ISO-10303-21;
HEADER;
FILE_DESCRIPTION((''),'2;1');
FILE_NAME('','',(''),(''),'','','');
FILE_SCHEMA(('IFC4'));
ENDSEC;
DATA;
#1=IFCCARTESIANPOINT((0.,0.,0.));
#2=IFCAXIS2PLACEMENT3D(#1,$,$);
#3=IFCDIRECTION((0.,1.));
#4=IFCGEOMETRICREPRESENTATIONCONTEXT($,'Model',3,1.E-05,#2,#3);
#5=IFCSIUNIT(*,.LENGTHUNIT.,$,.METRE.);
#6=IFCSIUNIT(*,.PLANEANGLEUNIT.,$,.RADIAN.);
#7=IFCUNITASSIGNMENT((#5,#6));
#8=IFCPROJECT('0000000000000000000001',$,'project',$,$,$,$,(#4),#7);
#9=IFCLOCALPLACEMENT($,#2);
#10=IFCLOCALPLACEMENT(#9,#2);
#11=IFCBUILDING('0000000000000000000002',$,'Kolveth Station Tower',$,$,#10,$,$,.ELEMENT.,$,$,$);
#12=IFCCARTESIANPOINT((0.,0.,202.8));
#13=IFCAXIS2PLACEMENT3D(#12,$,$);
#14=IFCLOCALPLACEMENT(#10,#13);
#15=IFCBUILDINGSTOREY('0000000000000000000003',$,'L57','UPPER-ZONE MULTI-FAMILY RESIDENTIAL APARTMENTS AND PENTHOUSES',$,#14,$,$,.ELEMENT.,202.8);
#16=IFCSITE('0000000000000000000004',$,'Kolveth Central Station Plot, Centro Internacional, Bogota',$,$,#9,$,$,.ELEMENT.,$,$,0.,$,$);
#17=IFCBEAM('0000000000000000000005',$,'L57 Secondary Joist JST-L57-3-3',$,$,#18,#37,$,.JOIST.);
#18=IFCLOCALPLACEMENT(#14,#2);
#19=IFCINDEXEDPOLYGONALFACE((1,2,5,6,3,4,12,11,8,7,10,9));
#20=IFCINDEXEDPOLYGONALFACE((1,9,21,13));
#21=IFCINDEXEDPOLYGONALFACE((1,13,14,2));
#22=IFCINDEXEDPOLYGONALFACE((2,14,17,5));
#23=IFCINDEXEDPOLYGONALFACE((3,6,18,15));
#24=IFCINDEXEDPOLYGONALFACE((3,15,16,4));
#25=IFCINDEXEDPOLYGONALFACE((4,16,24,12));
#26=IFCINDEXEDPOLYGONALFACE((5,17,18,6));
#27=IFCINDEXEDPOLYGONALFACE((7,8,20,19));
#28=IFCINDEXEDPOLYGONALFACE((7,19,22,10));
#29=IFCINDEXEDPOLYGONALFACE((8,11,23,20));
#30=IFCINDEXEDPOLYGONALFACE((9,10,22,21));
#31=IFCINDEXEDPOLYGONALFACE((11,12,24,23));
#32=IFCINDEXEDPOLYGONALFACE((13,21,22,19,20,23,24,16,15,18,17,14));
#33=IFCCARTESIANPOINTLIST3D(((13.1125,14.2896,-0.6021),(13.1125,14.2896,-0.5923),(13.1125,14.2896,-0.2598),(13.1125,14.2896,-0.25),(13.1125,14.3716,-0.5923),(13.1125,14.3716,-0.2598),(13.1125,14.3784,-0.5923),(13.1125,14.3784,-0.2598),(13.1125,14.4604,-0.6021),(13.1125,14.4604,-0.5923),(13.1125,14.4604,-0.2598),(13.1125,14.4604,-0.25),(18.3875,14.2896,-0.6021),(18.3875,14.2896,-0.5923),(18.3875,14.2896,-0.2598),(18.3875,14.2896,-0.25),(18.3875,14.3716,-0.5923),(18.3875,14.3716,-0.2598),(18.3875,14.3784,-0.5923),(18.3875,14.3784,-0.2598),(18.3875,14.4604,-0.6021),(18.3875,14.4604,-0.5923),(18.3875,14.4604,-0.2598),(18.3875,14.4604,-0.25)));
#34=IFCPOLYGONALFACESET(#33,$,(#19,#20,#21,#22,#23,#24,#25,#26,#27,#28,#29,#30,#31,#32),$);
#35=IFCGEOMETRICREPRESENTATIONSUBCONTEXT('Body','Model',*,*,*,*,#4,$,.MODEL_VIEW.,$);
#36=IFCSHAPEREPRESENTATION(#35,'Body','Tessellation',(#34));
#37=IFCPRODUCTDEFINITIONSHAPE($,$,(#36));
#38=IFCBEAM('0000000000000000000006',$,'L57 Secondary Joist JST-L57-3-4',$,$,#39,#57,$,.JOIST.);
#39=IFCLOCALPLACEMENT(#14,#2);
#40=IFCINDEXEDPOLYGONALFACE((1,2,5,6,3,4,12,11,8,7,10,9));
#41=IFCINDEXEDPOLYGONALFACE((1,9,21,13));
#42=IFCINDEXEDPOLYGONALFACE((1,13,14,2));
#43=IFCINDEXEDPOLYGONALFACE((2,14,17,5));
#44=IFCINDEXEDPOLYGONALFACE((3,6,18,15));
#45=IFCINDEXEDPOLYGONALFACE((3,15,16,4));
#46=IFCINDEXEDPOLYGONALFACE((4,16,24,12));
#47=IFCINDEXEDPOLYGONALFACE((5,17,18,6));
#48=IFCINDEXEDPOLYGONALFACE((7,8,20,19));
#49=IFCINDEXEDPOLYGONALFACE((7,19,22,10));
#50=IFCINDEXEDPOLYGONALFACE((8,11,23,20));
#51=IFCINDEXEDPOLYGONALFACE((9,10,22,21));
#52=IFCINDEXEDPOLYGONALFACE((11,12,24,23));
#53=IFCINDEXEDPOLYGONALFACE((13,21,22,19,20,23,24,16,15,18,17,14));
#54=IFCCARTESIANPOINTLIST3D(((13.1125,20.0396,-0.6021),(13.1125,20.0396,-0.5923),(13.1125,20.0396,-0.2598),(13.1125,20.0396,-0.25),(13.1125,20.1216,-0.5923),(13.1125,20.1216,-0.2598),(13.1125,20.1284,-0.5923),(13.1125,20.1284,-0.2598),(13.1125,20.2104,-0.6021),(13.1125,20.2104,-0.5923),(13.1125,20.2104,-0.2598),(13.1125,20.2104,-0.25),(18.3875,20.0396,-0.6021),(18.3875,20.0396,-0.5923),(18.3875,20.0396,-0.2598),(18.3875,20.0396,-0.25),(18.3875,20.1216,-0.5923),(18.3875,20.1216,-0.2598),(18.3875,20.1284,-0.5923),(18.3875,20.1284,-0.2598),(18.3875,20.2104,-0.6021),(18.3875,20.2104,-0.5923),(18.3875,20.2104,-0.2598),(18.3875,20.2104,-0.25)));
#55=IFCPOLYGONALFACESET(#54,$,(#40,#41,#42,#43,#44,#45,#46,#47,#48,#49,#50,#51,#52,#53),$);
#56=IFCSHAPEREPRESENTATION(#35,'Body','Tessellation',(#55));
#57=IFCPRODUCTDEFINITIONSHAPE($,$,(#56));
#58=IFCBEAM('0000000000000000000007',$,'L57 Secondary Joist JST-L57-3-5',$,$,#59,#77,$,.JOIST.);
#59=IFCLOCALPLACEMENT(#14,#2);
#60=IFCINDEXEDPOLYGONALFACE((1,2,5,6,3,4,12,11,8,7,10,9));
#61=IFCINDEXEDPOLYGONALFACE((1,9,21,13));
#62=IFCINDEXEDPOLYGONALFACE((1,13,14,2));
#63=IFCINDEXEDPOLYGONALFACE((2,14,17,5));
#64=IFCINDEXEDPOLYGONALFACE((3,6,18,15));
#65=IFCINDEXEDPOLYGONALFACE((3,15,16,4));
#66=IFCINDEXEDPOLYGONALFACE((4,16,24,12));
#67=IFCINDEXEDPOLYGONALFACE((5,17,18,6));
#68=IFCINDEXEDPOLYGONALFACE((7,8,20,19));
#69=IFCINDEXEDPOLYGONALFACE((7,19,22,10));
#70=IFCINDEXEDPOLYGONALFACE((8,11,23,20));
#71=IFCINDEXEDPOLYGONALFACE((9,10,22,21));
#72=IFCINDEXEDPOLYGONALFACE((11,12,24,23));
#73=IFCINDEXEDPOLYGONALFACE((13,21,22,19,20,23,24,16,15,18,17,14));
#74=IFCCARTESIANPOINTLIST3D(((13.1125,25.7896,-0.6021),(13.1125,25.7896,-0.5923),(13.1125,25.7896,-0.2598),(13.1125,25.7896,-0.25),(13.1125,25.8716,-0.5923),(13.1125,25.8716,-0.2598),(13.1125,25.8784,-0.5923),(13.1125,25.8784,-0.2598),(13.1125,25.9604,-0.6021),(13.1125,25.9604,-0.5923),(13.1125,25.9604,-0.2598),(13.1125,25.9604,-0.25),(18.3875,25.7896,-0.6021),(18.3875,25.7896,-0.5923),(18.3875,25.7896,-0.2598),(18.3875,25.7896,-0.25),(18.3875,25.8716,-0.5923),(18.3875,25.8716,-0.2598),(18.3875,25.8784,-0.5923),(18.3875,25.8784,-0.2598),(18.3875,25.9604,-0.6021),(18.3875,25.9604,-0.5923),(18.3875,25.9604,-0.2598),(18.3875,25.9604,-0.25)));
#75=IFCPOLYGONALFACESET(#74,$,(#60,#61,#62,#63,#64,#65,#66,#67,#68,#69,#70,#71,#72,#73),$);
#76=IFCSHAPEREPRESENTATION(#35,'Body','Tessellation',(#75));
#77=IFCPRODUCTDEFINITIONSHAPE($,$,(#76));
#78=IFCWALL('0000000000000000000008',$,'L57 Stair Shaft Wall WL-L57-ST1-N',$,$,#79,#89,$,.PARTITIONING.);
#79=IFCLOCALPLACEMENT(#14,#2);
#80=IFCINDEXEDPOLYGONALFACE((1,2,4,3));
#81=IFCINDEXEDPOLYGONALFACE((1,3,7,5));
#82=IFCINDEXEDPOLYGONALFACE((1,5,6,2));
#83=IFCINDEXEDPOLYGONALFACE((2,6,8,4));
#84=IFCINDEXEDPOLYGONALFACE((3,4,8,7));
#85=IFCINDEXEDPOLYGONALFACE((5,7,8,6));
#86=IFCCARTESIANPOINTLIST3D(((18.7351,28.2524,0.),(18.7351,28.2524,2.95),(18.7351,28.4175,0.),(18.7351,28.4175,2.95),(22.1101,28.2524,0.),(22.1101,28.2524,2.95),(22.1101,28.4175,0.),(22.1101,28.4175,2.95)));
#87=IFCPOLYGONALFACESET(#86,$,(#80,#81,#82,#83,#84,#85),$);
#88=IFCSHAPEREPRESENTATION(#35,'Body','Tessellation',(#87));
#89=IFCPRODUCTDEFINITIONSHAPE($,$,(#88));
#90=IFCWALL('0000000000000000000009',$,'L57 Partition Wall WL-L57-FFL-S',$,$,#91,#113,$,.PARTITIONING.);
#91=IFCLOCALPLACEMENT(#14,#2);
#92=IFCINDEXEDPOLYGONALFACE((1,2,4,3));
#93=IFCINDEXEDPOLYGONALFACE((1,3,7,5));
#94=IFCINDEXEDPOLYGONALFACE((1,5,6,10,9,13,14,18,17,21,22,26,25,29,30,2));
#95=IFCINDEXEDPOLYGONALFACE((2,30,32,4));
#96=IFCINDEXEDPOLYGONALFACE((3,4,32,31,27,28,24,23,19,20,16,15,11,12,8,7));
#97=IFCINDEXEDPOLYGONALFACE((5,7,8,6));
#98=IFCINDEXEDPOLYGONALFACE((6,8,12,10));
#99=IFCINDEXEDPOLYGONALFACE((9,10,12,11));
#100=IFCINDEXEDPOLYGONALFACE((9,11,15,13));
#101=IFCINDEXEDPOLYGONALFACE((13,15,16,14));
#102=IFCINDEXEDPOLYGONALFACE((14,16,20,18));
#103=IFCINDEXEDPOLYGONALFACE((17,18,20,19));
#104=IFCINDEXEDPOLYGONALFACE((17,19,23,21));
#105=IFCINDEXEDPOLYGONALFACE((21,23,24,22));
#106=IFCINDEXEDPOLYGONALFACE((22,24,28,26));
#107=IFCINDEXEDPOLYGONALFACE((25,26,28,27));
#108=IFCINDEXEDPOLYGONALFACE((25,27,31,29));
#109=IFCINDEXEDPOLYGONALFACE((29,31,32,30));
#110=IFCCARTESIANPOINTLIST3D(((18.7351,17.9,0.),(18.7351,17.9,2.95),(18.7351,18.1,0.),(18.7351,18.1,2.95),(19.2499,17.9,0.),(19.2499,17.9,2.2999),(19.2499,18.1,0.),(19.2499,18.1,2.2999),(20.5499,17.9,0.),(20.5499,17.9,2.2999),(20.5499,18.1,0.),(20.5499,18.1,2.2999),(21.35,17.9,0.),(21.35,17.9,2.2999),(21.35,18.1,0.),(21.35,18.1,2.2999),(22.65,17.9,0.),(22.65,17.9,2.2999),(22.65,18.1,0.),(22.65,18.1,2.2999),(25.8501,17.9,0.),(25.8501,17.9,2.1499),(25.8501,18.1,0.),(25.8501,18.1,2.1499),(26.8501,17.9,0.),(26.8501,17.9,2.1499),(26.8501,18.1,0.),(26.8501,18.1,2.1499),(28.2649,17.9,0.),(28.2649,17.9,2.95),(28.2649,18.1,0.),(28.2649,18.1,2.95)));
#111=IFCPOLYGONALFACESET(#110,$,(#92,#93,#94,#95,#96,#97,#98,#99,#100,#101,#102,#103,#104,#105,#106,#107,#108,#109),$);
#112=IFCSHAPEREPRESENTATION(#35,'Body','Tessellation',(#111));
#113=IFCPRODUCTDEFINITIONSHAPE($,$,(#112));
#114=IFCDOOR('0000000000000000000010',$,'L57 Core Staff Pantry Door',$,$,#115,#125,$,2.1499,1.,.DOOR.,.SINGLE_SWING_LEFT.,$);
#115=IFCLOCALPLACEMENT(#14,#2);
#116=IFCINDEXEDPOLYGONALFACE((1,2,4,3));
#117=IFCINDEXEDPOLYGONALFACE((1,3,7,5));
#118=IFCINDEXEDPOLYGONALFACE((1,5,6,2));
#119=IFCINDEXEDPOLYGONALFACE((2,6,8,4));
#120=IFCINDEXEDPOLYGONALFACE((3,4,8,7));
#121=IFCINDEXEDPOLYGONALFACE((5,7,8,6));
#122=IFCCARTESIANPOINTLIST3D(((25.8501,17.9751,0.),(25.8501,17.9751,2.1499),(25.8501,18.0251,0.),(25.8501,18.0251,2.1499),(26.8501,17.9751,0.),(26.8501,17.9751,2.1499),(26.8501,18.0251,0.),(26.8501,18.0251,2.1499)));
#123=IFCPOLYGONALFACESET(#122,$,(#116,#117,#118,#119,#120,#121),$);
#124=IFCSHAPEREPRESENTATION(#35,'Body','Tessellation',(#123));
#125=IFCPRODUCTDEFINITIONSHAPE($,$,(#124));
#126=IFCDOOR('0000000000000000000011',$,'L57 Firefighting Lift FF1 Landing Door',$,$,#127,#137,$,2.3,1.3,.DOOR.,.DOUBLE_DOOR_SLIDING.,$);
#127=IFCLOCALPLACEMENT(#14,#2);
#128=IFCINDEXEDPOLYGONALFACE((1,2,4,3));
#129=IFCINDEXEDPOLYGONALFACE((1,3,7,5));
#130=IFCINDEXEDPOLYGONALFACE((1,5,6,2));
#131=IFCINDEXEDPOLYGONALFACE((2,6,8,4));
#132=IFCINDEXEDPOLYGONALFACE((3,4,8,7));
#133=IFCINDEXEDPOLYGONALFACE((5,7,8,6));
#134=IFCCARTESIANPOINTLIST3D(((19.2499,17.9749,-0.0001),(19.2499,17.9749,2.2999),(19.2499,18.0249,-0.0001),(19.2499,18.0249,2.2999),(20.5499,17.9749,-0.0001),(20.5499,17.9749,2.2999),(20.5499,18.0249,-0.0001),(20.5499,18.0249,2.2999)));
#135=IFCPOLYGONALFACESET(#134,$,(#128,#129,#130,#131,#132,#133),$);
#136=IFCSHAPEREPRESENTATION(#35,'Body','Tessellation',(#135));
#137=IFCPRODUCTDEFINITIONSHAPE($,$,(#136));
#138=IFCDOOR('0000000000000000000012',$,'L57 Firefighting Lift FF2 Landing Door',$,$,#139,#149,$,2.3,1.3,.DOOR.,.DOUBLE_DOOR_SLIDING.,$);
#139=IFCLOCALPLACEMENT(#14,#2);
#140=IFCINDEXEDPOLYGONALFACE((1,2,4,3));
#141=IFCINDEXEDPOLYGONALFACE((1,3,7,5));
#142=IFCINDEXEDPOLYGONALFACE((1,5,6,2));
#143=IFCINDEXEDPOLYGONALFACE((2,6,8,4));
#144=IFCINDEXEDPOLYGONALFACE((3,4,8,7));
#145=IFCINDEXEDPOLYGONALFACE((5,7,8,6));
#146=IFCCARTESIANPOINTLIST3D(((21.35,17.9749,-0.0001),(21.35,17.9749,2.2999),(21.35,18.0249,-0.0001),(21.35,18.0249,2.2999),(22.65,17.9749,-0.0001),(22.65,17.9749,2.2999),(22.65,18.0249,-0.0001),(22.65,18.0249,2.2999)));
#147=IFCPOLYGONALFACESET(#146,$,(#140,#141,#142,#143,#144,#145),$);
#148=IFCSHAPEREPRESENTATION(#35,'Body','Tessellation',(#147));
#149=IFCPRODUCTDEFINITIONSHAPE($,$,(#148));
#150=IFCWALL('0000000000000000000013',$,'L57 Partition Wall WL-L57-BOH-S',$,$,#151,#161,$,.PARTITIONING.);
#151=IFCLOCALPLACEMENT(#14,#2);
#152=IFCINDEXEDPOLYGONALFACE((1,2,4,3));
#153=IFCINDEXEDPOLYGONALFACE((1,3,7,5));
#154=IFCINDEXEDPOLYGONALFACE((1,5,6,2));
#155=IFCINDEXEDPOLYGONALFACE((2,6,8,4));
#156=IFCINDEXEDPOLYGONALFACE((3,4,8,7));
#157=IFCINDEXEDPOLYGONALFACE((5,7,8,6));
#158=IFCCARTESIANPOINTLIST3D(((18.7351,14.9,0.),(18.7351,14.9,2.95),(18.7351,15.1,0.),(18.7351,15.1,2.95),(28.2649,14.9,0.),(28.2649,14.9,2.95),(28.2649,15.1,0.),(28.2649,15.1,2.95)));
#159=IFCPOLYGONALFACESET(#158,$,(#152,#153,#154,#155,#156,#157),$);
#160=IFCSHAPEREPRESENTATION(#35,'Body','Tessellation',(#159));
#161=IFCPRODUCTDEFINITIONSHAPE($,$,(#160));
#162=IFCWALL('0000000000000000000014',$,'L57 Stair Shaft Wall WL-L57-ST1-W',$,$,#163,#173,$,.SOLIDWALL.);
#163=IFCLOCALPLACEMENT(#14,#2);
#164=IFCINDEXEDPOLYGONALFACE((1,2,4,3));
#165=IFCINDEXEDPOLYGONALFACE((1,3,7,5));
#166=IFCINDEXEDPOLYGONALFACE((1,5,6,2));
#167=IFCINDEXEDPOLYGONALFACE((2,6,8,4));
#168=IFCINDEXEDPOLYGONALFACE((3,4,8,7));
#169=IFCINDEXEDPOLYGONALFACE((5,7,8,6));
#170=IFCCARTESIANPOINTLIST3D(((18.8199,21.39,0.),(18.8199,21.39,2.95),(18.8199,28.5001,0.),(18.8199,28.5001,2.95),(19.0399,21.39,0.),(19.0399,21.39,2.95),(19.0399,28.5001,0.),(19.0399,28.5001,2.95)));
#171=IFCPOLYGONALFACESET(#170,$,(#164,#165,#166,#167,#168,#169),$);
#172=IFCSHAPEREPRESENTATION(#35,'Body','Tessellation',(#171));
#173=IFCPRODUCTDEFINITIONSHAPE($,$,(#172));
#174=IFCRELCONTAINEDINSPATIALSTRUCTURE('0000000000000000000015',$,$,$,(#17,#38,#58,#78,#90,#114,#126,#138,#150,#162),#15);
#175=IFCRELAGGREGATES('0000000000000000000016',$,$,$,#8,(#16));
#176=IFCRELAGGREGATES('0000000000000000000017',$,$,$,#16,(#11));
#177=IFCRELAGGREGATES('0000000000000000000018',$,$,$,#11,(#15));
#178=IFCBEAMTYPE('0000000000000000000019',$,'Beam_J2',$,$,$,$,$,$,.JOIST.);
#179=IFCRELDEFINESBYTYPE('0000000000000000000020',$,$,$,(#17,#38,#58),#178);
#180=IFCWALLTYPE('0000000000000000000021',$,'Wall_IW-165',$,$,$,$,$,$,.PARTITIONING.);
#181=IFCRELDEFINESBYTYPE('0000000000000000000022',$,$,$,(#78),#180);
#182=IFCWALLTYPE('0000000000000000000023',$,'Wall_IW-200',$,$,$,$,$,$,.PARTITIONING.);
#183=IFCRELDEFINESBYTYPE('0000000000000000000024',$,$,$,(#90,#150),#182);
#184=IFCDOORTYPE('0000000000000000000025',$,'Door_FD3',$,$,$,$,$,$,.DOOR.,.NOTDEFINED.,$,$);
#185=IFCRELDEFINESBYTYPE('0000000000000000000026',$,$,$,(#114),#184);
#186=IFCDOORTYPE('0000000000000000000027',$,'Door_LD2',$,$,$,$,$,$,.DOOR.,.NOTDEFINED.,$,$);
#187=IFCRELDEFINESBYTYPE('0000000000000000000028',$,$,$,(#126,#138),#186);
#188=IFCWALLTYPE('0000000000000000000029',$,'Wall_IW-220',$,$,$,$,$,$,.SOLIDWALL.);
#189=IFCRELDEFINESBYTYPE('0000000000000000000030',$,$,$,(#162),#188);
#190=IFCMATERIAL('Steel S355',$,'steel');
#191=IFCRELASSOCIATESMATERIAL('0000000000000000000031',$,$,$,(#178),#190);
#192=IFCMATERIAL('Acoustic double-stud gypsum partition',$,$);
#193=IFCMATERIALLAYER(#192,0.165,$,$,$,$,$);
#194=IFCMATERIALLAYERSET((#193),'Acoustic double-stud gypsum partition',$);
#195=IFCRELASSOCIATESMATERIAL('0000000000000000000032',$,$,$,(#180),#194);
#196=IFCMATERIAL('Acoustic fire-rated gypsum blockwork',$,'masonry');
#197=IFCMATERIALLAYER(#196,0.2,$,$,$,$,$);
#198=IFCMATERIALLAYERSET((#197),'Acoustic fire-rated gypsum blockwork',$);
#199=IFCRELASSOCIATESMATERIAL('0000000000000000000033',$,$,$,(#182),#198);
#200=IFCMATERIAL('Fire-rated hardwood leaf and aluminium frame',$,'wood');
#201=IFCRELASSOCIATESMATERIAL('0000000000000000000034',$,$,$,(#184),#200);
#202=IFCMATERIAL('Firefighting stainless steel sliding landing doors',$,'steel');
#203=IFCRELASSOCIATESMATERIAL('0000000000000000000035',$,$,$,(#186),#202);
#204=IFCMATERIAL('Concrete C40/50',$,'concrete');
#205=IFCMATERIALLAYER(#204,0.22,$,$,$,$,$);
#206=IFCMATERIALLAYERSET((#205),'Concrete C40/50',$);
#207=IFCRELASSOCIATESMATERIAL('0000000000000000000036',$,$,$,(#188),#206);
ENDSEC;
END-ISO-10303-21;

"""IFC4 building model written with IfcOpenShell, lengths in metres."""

from ifc_helpers import new_model, si_unit, direction, frame, frame_2d, origin, origin_2d, place, context, subcontext, project, spatial, rectangle, i_section, extrude, source, transform, mapped, material, layer, layer_set, material_profile, profile_set, type_object, element, fill, save


model = new_model("IFC4")

# Units and contexts
model_context = context("Model", 3, precision=1e-05, world=origin(), true_north=direction((0.0, 1.0)))
body_context = subcontext(model_context, "Body", "Model", "MODEL_VIEW")
ifc_project = project(units=[si_unit("LENGTHUNIT", "METRE"), si_unit("PLANEANGLEUNIT", "RADIAN")], contexts=[model_context])

# Site, building, storey
site_placement = place(None, origin())
site = spatial("IfcSite", under=ifc_project, at=site_placement, Name="Kolveth Central Station Plot, Centro Internacional, Bogota", CompositionType="ELEMENT", RefElevation=0.0)
building_placement = place(site_placement, origin())
building = spatial("IfcBuilding", under=site, at=building_placement, Name="Kolveth Station Tower", CompositionType="ELEMENT")
storey_placement = place(building_placement, frame((0.0, 0.0, 202.8)))
storey = spatial("IfcBuildingStorey", under=building, at=storey_placement, Name="L57", Description="UPPER-ZONE MULTI-FAMILY RESIDENTIAL APARTMENTS AND PENTHOUSES", CompositionType="ELEMENT", Elevation=202.8)

# Shared definitions
ifc_material_1 = material(Name="Steel S355", Category="steel")

# Beams
ifc_material_profile_1 = material_profile(ifc_material_1, i_section(OverallWidth=0.1709, OverallDepth=0.3521, WebThickness=0.0068, FlangeThickness=0.0098, at=origin_2d()), Name="W360x44")
ifc_profile_set_1 = profile_set([ifc_material_profile_1], Name="Steel S355")
beam_type_1 = type_object("IfcBeamType", Name="Beam_J2", PredefinedType="JOIST", material=ifc_profile_set_1)
shared_shape_1 = source(origin(), body_context, "Body", "SweptSolid", [
    extrude(i_section(OverallWidth=0.1709, OverallDepth=0.3521, WebThickness=0.0068, FlangeThickness=0.0098, at=origin_2d()), origin(), (0.0, 0.0, 1.0), 5.2749),
])
for number, where, z_axis, x_axis, name in (
    (1, (13.1125, 14.375, -0.426), (1.0, 0.0, 0.0), (0.0, 1.0, 0.0), "L57 Secondary Joist JST-L57-3-3"),
    (2, (13.1125, 20.125, -0.426), (1.0, 0.0, 0.0), (0.0, 1.0, 0.0), "L57 Secondary Joist JST-L57-3-4"),
    (3, (13.1125, 25.875, -0.426), (1.0, 0.0, 0.0), (0.0, 1.0, 0.0), "L57 Secondary Joist JST-L57-3-5"),
):
    element("IfcBeam", number, at=place(storey_placement, frame(where, z_axis=z_axis, x_axis=x_axis)), inside=storey, type_object=beam_type_1, Name=name, PredefinedType="JOIST", context=body_context, shape_type="MappedRepresentation", body=[
        mapped(shared_shape_1, transform((0.0, 0.0, 0.0), x_axis=(1.0, 0.0, 0.0), y_axis=(0.0, 1.0, 0.0), z_axis=(0.0, 0.0, 1.0), scale=1.0)),
    ])

# Wall
ifc_material_2 = material(Name="Acoustic double-stud gypsum partition")
ifc_layer_1 = layer(ifc_material_2, 0.165)
ifc_layer_set_1 = layer_set([ifc_layer_1], Name="Acoustic double-stud gypsum partition")
wall_type_1 = type_object("IfcWallType", Name="Wall_IW-165", PredefinedType="PARTITIONING", material=ifc_layer_set_1)
wall_1_placement = place(storey_placement, frame((18.7351, 28.335, 0.0), z_axis=(0.0, 0.0, 1.0), x_axis=(1.0, 0.0, 0.0)))
element("IfcWall", 4, at=wall_1_placement, inside=storey, type_object=wall_type_1, Name="L57 Stair Shaft Wall WL-L57-ST1-N", PredefinedType="PARTITIONING", context=body_context, shape_type="SweptSolid", body=[
    extrude(rectangle(XDim=3.375, YDim=0.165, at=frame_2d((1.6875, 0.0))), origin(), (0.0, 0.0, 1.0), 2.95),
])

# Wall, openings, doors
ifc_material_3 = material(Name="Acoustic fire-rated gypsum blockwork", Category="masonry")
ifc_layer_2 = layer(ifc_material_3, 0.2)
ifc_layer_set_2 = layer_set([ifc_layer_2], Name="Acoustic fire-rated gypsum blockwork")
wall_type_2 = type_object("IfcWallType", Name="Wall_IW-200", PredefinedType="PARTITIONING", material=ifc_layer_set_2)
wall_2_placement = place(storey_placement, frame((18.7351, 18.0, 0.0), z_axis=(0.0, 0.0, 1.0), x_axis=(1.0, 0.0, 0.0)))
wall_2 = element("IfcWall", 5, at=wall_2_placement, inside=storey, type_object=wall_type_2, Name="L57 Partition Wall WL-L57-FFL-S", PredefinedType="PARTITIONING", context=body_context, shape_type="SweptSolid", body=[
    extrude(rectangle(XDim=9.5298, YDim=0.2, at=frame_2d((4.7649, 0.0))), origin(), (0.0, 0.0, 1.0), 2.95),
])
opening_1_placement = place(wall_2_placement, frame((0.5149, 0.0, 0.0)))
opening_1 = element("IfcOpeningElement", 6, at=opening_1_placement, cuts=wall_2, PredefinedType="OPENING", context=body_context, shape_type="SweptSolid", body=[
    extrude(rectangle(XDim=1.3, YDim=2.3, at=frame_2d((0.6499, 1.1499))), frame((0.0, 0.1099, 0.0), z_axis=(0.0, -1.0, 0.0), x_axis=(1.0, 0.0, 0.0)), (0.0, 0.0, 1.0), 0.22),
])
opening_2_placement = place(wall_2_placement, frame((2.615, 0.0, 0.0)))
opening_2 = element("IfcOpeningElement", 7, at=opening_2_placement, cuts=wall_2, PredefinedType="OPENING", context=body_context, shape_type="SweptSolid", body=[
    extrude(rectangle(XDim=1.3, YDim=2.3, at=frame_2d((0.6499, 1.1499))), frame((0.0, 0.1099, 0.0), z_axis=(0.0, -1.0, 0.0), x_axis=(1.0, 0.0, 0.0)), (0.0, 0.0, 1.0), 0.22),
])
opening_3_placement = place(wall_2_placement, frame((7.115, 0.0, 0.0)))
opening_3 = element("IfcOpeningElement", 8, at=opening_3_placement, cuts=wall_2, PredefinedType="OPENING", context=body_context, shape_type="SweptSolid", body=[
    extrude(rectangle(XDim=1.0, YDim=2.1499, at=frame_2d((0.5, 1.075))), frame((0.0, 0.1099, 0.0), z_axis=(0.0, -1.0, 0.0), x_axis=(1.0, 0.0, 0.0)), (0.0, 0.0, 1.0), 0.22),
])
ifc_material_4 = material(Name="Fire-rated hardwood leaf and aluminium frame", Category="wood")
door_type_1 = type_object("IfcDoorType", Name="Door_FD3", OperationType="NOTDEFINED", PredefinedType="DOOR", material=ifc_material_4)
door_1_placement = place(opening_3_placement, frame((1.0, 0.0, 0.0), z_axis=(0.0, 0.0, 1.0), x_axis=(-1.0, 0.0, 0.0)))
door_1 = element("IfcDoor", 9, at=door_1_placement, inside=storey, type_object=door_type_1, Name="L57 Core Staff Pantry Door", OperationType="SINGLE_SWING_LEFT", OverallHeight=2.1499, OverallWidth=1.0, PredefinedType="DOOR", context=body_context, shape_type="SweptSolid", body=[
    extrude(rectangle(XDim=1.0, YDim=2.1499, at=frame_2d((0.5, 1.075))), frame((0.0, 0.0249, 0.0), z_axis=(0.0, -1.0, 0.0), x_axis=(1.0, 0.0, 0.0)), (0.0, 0.0, 1.0), 0.05),
])
fill(opening_3, door_1)
ifc_material_5 = material(Name="Firefighting stainless steel sliding landing doors", Category="steel")
door_type_2 = type_object("IfcDoorType", Name="Door_LD2", OperationType="NOTDEFINED", PredefinedType="DOOR", material=ifc_material_5)
door_2_placement = place(opening_1_placement, origin())
door_2 = element("IfcDoor", 10, at=door_2_placement, inside=storey, type_object=door_type_2, Name="L57 Firefighting Lift FF1 Landing Door", OperationType="DOUBLE_DOOR_SLIDING", OverallHeight=2.3, OverallWidth=1.3, PredefinedType="DOOR", context=body_context, shape_type="SweptSolid", body=[
    extrude(rectangle(XDim=1.3, YDim=2.3, at=frame_2d((0.6499, 1.1499))), frame((0.0, 0.0249, 0.0), z_axis=(0.0, -1.0, 0.0), x_axis=(1.0, 0.0, 0.0)), (0.0, 0.0, 1.0), 0.05),
])
fill(opening_1, door_2)
door_3_placement = place(opening_2_placement, origin())
door_3 = element("IfcDoor", 11, at=door_3_placement, inside=storey, type_object=door_type_2, Name="L57 Firefighting Lift FF2 Landing Door", OperationType="DOUBLE_DOOR_SLIDING", OverallHeight=2.3, OverallWidth=1.3, PredefinedType="DOOR", context=body_context, shape_type="SweptSolid", body=[
    extrude(rectangle(XDim=1.3, YDim=2.3, at=frame_2d((0.6499, 1.1499))), frame((0.0, 0.0249, 0.0), z_axis=(0.0, -1.0, 0.0), x_axis=(1.0, 0.0, 0.0)), (0.0, 0.0, 1.0), 0.05),
])
fill(opening_2, door_3)

# Walls
wall_3_placement = place(storey_placement, frame((18.7351, 15.0, 0.0), z_axis=(0.0, 0.0, 1.0), x_axis=(1.0, 0.0, 0.0)))
element("IfcWall", 12, at=wall_3_placement, inside=storey, type_object=wall_type_2, Name="L57 Partition Wall WL-L57-BOH-S", PredefinedType="PARTITIONING", context=body_context, shape_type="SweptSolid", body=[
    extrude(rectangle(XDim=9.5298, YDim=0.2, at=frame_2d((4.7649, 0.0))), origin(), (0.0, 0.0, 1.0), 2.95),
])
ifc_material_6 = material(Name="Concrete C40/50", Category="concrete")
ifc_layer_3 = layer(ifc_material_6, 0.22)
ifc_layer_set_3 = layer_set([ifc_layer_3], Name="Concrete C40/50")
wall_type_3 = type_object("IfcWallType", Name="Wall_IW-220", PredefinedType="SOLIDWALL", material=ifc_layer_set_3)
wall_4_placement = place(storey_placement, frame((18.9299, 21.3899, 0.0), z_axis=(0.0, 0.0, 1.0), x_axis=(0.0, 1.0, 0.0)))
element("IfcWall", 13, at=wall_4_placement, inside=storey, type_object=wall_type_3, Name="L57 Stair Shaft Wall WL-L57-ST1-W", PredefinedType="SOLIDWALL", context=body_context, shape_type="SweptSolid", body=[
    extrude(rectangle(XDim=7.1101, YDim=0.22, at=frame_2d((3.5552, 0.0))), origin(), (0.0, 0.0, 1.0), 2.95),
])

save(model, "model.ifc")
